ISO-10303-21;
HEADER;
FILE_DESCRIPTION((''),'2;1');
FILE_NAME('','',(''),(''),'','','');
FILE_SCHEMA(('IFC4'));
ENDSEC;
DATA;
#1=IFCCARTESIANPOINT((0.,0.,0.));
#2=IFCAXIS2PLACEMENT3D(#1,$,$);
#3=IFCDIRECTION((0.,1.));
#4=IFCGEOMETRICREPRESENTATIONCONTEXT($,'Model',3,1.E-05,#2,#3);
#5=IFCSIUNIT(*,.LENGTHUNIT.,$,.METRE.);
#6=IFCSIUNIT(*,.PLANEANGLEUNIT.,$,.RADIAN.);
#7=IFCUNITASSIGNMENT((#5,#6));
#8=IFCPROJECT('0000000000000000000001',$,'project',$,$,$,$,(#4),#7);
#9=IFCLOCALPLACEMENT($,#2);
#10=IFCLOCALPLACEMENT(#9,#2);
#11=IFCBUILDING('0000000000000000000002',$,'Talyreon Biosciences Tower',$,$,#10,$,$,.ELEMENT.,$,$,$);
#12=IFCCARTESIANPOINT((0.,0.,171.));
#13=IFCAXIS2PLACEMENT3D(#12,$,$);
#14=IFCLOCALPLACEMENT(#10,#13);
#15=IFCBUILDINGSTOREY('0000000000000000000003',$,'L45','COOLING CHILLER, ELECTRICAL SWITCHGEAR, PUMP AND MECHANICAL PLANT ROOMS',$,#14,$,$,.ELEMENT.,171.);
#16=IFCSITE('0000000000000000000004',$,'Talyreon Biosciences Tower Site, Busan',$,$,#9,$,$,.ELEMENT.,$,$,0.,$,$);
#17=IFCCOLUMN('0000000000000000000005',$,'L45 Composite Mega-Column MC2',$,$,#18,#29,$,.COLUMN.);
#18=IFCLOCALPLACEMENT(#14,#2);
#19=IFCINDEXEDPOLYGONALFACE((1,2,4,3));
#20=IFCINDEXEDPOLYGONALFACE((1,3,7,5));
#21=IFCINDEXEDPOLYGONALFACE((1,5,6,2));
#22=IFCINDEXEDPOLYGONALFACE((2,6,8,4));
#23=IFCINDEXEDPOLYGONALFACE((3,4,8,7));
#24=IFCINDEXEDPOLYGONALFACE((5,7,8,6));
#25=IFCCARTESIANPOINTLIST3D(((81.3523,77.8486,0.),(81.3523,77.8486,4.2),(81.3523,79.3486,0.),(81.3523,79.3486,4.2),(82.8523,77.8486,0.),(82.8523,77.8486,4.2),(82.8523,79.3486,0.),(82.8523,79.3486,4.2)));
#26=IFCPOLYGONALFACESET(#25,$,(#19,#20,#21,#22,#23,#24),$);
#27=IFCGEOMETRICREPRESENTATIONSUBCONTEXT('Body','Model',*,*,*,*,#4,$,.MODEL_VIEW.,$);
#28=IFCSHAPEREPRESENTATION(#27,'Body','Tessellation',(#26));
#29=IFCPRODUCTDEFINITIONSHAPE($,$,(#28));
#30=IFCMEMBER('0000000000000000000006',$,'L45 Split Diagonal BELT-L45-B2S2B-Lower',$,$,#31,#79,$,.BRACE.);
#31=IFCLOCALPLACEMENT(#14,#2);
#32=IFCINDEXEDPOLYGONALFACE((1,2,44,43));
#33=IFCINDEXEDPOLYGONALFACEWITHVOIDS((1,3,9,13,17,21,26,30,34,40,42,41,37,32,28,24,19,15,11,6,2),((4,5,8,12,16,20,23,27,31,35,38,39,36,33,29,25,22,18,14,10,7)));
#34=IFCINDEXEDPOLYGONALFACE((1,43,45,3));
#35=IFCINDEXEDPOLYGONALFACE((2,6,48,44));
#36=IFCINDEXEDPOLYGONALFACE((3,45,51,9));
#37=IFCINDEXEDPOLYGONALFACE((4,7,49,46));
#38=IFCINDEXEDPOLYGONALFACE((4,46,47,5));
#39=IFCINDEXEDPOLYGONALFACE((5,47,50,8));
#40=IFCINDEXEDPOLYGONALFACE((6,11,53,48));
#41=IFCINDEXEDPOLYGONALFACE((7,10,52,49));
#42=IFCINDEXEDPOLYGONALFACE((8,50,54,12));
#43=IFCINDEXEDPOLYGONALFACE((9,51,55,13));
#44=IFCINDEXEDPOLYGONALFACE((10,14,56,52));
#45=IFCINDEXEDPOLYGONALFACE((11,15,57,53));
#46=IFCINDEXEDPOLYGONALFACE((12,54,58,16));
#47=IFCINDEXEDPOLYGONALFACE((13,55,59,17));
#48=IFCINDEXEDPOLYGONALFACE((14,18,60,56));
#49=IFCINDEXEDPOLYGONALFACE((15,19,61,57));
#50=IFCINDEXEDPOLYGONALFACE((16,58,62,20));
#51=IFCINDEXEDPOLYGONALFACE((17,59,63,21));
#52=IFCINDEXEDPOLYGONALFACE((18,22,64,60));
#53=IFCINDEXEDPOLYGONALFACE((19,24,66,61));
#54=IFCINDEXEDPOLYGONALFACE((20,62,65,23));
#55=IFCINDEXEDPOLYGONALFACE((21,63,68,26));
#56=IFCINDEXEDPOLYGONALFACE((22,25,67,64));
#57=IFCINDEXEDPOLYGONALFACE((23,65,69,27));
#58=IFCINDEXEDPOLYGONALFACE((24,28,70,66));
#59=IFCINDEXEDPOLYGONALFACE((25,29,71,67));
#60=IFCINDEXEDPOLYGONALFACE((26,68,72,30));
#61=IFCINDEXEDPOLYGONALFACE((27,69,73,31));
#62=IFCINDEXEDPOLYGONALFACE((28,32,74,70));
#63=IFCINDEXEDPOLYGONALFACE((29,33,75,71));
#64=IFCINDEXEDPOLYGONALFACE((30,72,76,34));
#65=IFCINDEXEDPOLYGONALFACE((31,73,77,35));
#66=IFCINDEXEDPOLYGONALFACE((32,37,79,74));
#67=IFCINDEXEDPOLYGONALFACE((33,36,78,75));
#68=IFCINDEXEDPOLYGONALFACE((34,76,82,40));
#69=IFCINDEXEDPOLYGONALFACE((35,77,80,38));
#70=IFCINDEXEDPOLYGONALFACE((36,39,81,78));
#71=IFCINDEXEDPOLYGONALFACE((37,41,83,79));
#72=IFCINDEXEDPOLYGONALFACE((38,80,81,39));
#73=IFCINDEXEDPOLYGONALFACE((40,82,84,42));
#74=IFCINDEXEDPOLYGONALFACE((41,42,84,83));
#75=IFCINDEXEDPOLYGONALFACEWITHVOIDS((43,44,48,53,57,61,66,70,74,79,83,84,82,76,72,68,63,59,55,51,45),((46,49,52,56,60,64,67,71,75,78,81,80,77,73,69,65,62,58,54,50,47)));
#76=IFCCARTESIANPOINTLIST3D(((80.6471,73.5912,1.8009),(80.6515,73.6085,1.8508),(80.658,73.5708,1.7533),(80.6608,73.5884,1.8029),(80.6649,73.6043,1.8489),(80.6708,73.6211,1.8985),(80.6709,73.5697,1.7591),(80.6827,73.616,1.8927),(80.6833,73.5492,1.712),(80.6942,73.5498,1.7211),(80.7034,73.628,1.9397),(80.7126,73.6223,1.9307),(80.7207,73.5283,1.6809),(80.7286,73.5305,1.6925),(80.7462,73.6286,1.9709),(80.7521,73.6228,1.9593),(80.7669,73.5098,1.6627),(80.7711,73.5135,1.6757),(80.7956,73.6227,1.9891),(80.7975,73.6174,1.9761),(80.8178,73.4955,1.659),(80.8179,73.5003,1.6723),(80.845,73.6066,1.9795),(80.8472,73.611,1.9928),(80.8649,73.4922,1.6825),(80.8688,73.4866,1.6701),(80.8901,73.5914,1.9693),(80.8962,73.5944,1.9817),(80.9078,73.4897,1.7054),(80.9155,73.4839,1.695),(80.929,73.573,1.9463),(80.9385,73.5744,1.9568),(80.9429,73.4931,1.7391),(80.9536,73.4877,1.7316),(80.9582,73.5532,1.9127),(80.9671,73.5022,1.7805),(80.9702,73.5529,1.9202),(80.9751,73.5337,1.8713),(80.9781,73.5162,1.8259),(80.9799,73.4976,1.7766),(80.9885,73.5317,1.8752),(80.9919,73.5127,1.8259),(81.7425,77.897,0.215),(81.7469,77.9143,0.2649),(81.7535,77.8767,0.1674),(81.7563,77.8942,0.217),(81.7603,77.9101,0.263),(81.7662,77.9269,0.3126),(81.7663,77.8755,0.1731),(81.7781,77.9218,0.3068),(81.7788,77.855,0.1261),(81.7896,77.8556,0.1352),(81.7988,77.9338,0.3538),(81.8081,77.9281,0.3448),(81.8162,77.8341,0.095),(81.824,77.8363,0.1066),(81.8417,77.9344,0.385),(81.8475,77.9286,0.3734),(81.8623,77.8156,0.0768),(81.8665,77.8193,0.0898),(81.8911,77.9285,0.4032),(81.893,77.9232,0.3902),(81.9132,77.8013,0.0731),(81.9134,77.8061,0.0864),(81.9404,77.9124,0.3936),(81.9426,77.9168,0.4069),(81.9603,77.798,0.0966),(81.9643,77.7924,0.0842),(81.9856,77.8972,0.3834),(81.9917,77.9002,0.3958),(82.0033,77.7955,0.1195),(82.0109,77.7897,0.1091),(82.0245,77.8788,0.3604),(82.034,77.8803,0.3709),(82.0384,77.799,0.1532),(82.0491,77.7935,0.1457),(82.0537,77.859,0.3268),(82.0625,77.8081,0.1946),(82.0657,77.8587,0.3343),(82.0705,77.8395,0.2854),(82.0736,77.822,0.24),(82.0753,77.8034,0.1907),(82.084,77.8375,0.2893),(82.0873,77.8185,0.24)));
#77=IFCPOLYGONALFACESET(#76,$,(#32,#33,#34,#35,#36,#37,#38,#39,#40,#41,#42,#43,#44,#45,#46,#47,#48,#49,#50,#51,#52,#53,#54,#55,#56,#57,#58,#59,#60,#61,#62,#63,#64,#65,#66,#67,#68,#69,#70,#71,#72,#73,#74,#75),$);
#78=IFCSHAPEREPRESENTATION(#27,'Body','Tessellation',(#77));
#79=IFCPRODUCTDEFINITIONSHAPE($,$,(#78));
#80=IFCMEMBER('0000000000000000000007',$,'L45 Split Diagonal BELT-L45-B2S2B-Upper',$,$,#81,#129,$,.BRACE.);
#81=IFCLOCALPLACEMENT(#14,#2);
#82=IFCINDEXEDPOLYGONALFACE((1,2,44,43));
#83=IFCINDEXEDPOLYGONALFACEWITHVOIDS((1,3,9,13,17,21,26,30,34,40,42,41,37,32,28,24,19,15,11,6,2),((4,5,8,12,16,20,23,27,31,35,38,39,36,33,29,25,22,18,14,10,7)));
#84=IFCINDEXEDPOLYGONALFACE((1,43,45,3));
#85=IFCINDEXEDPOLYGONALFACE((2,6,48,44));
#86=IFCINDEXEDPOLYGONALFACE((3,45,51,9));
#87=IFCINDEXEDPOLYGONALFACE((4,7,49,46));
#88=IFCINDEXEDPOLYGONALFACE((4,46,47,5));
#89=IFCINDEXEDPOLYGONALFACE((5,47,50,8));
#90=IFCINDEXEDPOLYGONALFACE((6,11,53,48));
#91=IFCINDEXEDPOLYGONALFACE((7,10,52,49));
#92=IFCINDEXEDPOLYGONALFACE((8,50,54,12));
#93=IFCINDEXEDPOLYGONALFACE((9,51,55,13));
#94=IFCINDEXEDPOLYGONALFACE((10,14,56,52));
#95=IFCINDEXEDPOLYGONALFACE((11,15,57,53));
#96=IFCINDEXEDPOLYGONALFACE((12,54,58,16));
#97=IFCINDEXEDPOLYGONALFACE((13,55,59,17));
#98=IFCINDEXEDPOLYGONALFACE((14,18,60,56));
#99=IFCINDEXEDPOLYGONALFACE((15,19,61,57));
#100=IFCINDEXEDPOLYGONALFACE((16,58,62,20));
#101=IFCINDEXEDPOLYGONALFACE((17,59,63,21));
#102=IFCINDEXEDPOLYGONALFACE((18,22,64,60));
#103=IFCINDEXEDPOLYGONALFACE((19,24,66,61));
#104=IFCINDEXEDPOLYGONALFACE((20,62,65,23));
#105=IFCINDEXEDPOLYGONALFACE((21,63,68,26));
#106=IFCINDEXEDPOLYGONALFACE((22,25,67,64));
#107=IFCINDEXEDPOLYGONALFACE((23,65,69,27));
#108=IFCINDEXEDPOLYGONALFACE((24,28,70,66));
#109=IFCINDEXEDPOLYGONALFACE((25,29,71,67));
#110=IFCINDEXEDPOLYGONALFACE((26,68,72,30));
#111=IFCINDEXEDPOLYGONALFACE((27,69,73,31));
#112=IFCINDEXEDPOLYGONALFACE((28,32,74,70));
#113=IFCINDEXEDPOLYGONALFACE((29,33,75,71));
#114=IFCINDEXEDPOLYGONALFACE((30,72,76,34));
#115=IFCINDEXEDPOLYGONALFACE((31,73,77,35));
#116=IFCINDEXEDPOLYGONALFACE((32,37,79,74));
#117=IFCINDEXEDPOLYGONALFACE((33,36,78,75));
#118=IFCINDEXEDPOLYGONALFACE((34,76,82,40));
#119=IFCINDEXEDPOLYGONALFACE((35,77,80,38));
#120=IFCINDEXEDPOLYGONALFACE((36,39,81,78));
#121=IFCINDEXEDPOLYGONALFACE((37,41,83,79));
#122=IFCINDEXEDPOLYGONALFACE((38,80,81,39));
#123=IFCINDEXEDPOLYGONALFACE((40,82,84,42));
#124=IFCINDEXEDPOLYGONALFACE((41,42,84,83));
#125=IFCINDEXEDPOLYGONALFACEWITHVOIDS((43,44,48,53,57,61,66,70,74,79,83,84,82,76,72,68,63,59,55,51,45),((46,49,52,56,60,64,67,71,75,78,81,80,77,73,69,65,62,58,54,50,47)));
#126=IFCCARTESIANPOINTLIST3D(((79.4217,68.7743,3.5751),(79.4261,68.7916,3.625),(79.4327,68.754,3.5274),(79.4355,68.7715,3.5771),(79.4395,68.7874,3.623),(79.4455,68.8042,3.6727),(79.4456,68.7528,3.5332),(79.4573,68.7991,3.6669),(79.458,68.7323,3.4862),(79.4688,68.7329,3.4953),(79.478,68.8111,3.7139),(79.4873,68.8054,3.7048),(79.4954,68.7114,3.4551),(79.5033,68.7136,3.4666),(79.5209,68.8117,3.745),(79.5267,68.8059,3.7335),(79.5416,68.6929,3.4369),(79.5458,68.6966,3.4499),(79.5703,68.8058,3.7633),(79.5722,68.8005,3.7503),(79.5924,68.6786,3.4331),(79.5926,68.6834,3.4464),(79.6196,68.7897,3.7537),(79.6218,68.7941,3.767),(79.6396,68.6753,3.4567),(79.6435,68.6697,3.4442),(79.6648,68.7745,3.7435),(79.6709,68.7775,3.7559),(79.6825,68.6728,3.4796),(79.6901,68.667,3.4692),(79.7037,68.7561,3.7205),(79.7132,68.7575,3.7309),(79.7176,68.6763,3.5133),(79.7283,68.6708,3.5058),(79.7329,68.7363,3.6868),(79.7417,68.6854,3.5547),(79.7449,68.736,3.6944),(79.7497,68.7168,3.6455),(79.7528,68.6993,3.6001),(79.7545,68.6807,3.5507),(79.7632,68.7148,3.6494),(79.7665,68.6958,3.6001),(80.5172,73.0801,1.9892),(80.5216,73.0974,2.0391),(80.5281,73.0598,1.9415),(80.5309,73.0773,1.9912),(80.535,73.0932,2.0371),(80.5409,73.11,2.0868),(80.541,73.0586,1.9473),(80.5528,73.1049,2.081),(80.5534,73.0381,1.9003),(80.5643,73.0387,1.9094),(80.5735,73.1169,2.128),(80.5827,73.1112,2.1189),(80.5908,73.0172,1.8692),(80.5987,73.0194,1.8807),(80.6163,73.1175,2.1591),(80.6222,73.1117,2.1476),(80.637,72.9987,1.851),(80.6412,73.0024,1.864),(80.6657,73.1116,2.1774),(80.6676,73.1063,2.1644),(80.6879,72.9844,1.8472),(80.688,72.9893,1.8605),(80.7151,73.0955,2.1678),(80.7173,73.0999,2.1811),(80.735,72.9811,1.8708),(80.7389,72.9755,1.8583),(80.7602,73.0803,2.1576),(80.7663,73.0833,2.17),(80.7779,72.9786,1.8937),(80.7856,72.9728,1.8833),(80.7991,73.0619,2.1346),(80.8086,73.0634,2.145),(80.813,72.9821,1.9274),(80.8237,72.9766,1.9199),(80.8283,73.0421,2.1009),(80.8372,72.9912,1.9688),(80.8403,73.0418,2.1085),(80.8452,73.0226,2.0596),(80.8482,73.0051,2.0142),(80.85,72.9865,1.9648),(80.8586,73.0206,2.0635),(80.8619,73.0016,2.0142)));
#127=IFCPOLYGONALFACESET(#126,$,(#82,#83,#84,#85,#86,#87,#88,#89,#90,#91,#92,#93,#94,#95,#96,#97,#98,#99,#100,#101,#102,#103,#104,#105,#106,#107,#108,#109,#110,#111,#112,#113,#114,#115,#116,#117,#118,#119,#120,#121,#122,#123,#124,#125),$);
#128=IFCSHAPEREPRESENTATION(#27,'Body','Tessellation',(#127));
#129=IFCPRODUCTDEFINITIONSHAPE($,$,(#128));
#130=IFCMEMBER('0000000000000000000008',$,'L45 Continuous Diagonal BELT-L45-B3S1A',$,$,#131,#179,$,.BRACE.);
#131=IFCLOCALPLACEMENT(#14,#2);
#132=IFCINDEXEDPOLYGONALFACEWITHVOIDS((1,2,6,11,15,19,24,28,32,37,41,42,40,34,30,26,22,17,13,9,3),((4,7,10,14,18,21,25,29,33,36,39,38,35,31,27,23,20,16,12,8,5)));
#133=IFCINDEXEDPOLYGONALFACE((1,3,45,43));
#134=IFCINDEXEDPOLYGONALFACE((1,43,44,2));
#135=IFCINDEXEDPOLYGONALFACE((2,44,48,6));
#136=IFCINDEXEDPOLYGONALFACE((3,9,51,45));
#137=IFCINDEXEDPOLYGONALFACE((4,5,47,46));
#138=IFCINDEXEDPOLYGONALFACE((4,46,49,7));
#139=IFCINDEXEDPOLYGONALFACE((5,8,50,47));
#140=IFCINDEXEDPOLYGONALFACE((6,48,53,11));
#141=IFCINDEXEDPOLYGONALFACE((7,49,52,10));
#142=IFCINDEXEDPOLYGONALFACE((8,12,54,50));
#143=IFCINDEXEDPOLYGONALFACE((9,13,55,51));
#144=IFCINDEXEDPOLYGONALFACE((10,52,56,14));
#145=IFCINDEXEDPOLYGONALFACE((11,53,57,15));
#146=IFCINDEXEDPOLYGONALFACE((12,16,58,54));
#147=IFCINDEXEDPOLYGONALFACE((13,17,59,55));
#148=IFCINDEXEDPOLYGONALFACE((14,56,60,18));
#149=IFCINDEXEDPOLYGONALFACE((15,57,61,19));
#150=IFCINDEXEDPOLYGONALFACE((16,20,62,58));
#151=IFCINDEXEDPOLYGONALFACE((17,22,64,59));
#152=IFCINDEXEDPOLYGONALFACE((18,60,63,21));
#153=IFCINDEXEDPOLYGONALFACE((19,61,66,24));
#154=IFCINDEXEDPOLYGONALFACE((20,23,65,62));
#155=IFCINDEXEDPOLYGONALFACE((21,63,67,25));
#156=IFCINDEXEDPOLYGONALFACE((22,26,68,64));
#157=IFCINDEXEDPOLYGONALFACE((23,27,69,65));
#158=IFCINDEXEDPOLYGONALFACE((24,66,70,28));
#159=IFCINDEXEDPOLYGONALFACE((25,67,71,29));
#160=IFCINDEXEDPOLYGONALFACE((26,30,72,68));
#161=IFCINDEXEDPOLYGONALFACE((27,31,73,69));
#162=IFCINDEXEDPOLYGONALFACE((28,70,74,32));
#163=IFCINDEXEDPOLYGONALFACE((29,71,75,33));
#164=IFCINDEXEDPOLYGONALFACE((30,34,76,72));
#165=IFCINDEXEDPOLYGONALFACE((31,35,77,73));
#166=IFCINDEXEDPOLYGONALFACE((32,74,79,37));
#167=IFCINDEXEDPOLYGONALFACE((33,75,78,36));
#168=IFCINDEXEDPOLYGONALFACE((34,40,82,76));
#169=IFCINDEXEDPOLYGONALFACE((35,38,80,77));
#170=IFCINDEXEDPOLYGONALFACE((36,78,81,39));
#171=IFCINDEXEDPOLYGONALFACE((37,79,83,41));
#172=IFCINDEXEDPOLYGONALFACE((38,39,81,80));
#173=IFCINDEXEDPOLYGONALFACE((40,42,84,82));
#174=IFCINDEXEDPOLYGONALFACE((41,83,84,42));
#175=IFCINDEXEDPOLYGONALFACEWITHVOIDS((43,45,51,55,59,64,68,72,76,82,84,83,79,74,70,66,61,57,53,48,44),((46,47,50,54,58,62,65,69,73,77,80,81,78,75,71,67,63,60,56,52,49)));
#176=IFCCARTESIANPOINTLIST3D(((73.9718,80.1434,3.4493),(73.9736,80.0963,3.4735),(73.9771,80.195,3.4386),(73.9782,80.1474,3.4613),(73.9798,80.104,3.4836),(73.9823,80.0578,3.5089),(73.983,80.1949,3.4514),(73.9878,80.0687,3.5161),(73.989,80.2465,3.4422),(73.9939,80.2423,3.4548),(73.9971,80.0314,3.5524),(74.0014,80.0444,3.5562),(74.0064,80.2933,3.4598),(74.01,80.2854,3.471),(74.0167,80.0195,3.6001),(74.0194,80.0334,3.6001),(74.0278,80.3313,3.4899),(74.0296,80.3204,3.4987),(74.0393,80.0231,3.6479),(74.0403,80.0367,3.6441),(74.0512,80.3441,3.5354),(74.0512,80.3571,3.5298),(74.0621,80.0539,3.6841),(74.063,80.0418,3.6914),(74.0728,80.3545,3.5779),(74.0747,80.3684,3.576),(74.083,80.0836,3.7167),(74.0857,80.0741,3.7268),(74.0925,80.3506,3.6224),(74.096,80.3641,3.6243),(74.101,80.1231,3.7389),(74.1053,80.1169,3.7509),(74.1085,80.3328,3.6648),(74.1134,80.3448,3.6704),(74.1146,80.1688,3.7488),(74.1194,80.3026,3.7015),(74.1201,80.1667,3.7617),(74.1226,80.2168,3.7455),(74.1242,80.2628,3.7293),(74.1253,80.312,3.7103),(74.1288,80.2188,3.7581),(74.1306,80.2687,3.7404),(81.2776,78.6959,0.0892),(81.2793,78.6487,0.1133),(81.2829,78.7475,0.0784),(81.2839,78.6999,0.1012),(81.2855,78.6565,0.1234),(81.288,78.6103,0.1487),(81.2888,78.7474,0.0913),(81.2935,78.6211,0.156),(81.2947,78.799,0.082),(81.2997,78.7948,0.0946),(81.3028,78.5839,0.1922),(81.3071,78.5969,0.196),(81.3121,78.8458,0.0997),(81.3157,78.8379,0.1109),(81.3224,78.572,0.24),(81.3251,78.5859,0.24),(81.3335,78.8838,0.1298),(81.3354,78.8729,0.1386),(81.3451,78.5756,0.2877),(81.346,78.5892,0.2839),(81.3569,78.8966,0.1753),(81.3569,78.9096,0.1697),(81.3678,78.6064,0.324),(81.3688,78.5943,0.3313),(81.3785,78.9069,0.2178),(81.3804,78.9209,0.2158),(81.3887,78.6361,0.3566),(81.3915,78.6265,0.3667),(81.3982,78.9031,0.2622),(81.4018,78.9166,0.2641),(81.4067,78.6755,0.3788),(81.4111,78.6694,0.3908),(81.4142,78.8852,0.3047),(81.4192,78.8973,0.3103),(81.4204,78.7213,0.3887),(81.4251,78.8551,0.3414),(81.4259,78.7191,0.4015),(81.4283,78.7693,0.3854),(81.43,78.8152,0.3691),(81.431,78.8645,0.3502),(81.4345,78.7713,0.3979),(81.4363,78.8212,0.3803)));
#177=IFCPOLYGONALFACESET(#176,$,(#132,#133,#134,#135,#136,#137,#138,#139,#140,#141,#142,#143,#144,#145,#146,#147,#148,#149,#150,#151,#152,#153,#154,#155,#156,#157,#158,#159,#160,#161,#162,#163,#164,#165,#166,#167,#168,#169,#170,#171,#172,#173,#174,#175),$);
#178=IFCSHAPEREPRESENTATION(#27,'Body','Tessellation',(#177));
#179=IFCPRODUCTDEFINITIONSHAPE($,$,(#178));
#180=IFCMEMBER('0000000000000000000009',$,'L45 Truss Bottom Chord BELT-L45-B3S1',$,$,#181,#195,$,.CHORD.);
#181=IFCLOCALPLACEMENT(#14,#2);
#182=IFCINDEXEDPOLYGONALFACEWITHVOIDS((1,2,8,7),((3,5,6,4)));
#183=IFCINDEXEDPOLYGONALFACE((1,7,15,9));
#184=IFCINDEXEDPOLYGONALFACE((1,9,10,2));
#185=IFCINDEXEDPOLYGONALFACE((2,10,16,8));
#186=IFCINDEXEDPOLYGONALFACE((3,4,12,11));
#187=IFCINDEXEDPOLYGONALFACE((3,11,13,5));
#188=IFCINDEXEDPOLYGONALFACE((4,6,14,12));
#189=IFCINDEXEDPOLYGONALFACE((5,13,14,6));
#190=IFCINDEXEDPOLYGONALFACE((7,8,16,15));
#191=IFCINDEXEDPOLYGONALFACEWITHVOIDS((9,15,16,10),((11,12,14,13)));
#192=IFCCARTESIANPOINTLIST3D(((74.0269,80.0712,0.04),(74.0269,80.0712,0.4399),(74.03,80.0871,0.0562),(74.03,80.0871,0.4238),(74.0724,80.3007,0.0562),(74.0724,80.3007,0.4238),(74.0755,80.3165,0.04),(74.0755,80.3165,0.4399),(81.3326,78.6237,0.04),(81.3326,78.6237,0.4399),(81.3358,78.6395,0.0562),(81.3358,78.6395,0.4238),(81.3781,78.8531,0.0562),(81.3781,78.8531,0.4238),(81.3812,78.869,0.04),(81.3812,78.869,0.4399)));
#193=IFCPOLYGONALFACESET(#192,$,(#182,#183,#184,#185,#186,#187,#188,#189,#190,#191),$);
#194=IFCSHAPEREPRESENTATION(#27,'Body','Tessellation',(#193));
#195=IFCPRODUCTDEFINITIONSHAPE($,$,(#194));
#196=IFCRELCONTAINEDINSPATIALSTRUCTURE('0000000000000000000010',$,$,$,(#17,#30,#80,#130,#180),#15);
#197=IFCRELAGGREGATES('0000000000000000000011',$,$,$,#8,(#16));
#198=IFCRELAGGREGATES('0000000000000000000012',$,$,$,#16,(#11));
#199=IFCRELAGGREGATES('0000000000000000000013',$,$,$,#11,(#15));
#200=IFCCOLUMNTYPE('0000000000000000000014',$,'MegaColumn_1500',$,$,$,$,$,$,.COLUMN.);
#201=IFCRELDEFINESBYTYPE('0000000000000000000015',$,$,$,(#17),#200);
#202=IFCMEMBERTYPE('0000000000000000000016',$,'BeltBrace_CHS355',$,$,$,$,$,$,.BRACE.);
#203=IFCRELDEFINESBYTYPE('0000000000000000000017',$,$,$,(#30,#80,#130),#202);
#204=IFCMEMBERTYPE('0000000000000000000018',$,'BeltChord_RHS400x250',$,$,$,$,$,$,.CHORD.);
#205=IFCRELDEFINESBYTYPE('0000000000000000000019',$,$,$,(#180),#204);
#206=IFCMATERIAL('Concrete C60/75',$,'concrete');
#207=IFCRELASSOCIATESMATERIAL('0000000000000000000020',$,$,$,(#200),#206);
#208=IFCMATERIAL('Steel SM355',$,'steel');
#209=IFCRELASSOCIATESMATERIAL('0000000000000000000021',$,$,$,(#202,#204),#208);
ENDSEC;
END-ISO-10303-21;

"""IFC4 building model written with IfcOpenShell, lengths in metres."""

from ifc_helpers import new_model, si_unit, direction, frame, origin, origin_2d, place, context, subcontext, project, spatial, rectangle, hollow_rectangle, hollow_circle, extrude, material, material_profile, profile_set, type_object, element, save


model = new_model("IFC4")

# Units and contexts
model_context = context("Model", 3, precision=1e-05, world=origin(), true_north=direction((0.0, 1.0)))
body_context = subcontext(model_context, "Body", "Model", "MODEL_VIEW")
ifc_project = project(units=[si_unit("LENGTHUNIT", "METRE"), si_unit("PLANEANGLEUNIT", "RADIAN")], contexts=[model_context])

# Site, building, storey
site_placement = place(None, origin())
site = spatial("IfcSite", under=ifc_project, at=site_placement, Name="Talyreon Biosciences Tower Site, Busan", CompositionType="ELEMENT", RefElevation=0.0)
building_placement = place(site_placement, origin())
building = spatial("IfcBuilding", under=site, at=building_placement, Name="Talyreon Biosciences Tower", CompositionType="ELEMENT")
storey_placement = place(building_placement, frame((0.0, 0.0, 171.0)))
storey = spatial("IfcBuildingStorey", under=building, at=storey_placement, Name="L45", Description="COOLING CHILLER, ELECTRICAL SWITCHGEAR, PUMP AND MECHANICAL PLANT ROOMS", CompositionType="ELEMENT", Elevation=171.0)

# Column
ifc_material_1 = material(Name="Concrete C60/75", Category="concrete")
ifc_material_profile_1 = material_profile(ifc_material_1, rectangle(XDim=1.5, YDim=1.5, at=origin_2d()), Name="RC 1500x1500")
ifc_profile_set_1 = profile_set([ifc_material_profile_1], Name="Concrete C60/75")
column_type = type_object("IfcColumnType", Name="MegaColumn_1500", PredefinedType="COLUMN", material=ifc_profile_set_1)
column_placement = place(storey_placement, frame((82.1023, 78.5986, 0.0), z_axis=(0.0, 0.0, 1.0), x_axis=(1.0, 0.0, 0.0)))
element("IfcColumn", 1, at=column_placement, inside=storey, type_object=column_type, Name="L45 Composite Mega-Column MC2", PredefinedType="COLUMN", context=body_context, shape_type="SweptSolid", body=[
    extrude(rectangle(XDim=1.5, YDim=1.5, at=origin_2d()), origin(), (0.0, 0.0, 1.0), 4.2),
])

# Members
ifc_material_2 = material(Name="Steel SM355", Category="steel")
ifc_material_profile_2 = material_profile(ifc_material_2, hollow_circle(Radius=0.1777, WallThickness=0.0142, at=origin_2d()), Name="CHS 355.6x14.2")
ifc_profile_set_2 = profile_set([ifc_material_profile_2], Name="Steel SM355")
member_type_1 = type_object("IfcMemberType", Name="BeltBrace_CHS355", PredefinedType="BRACE", material=ifc_profile_set_2)
for number, where, z_axis, x_axis, name in (
    (2, (81.915, 77.8623, 0.24), (-0.232205, -0.912726, 0.336172), (0.969129, -0.246554, 0.0), "L45 Split Diagonal BELT-L45-B2S2B-Lower"),
    (3, (80.6897, 73.0454, 2.0142), (-0.232205, -0.912726, 0.336172), (0.969129, -0.246554, 0.0), "L45 Split Diagonal BELT-L45-B2S2B-Upper"),
):
    element("IfcMember", number, at=place(storey_placement, frame(where, z_axis=z_axis, x_axis=x_axis)), inside=storey, type_object=member_type_1, Name=name, PredefinedType="BRACE", context=body_context, shape_type="SweptSolid", body=[
        extrude(hollow_circle(Radius=0.1777, WallThickness=0.0142, at=origin_2d()), origin(), (0.0, 0.0, 1.0), 4.7175),
    ])
member_1_placement = place(storey_placement, frame((81.3569, 78.7463, 0.24), z_axis=(-0.894143, 0.177161, 0.411245), x_axis=(-0.194357, -0.980931, 0.0)))
element("IfcMember", 4, at=member_1_placement, inside=storey, type_object=member_type_1, Name="L45 Continuous Diagonal BELT-L45-B3S1A", PredefinedType="BRACE", context=body_context, shape_type="SweptSolid", body=[
    extrude(hollow_circle(Radius=0.1777, WallThickness=0.0142, at=origin_2d()), origin(), (0.0, 0.0, 1.0), 8.1707),
])
ifc_material_profile_3 = material_profile(ifc_material_2, hollow_rectangle(XDim=0.25, YDim=0.3999, WallThickness=0.0161, at=origin_2d()), Name="RHS 400x250x16")
ifc_profile_set_3 = profile_set([ifc_material_profile_3], Name="Steel SM355")
member_type_2 = type_object("IfcMemberType", Name="BeltChord_RHS400x250", PredefinedType="CHORD", material=ifc_profile_set_3)
for number, where, z_axis, x_axis, name in (
    (5, (81.3569, 78.7463, 0.24), (-0.980931, 0.194357, 0.0), (-0.194357, -0.980931, 0.0), "L45 Truss Bottom Chord BELT-L45-B3S1"),
):
    element("IfcMember", number, at=place(storey_placement, frame(where, z_axis=z_axis, x_axis=x_axis)), inside=storey, type_object=member_type_2, Name=name, PredefinedType="CHORD", context=body_context, shape_type="SweptSolid", body=[
        extrude(hollow_rectangle(XDim=0.25, YDim=0.3999, WallThickness=0.0161, at=origin_2d()), origin(), (0.0, 0.0, 1.0), 7.4478),
    ])

save(model, "model.ifc")
